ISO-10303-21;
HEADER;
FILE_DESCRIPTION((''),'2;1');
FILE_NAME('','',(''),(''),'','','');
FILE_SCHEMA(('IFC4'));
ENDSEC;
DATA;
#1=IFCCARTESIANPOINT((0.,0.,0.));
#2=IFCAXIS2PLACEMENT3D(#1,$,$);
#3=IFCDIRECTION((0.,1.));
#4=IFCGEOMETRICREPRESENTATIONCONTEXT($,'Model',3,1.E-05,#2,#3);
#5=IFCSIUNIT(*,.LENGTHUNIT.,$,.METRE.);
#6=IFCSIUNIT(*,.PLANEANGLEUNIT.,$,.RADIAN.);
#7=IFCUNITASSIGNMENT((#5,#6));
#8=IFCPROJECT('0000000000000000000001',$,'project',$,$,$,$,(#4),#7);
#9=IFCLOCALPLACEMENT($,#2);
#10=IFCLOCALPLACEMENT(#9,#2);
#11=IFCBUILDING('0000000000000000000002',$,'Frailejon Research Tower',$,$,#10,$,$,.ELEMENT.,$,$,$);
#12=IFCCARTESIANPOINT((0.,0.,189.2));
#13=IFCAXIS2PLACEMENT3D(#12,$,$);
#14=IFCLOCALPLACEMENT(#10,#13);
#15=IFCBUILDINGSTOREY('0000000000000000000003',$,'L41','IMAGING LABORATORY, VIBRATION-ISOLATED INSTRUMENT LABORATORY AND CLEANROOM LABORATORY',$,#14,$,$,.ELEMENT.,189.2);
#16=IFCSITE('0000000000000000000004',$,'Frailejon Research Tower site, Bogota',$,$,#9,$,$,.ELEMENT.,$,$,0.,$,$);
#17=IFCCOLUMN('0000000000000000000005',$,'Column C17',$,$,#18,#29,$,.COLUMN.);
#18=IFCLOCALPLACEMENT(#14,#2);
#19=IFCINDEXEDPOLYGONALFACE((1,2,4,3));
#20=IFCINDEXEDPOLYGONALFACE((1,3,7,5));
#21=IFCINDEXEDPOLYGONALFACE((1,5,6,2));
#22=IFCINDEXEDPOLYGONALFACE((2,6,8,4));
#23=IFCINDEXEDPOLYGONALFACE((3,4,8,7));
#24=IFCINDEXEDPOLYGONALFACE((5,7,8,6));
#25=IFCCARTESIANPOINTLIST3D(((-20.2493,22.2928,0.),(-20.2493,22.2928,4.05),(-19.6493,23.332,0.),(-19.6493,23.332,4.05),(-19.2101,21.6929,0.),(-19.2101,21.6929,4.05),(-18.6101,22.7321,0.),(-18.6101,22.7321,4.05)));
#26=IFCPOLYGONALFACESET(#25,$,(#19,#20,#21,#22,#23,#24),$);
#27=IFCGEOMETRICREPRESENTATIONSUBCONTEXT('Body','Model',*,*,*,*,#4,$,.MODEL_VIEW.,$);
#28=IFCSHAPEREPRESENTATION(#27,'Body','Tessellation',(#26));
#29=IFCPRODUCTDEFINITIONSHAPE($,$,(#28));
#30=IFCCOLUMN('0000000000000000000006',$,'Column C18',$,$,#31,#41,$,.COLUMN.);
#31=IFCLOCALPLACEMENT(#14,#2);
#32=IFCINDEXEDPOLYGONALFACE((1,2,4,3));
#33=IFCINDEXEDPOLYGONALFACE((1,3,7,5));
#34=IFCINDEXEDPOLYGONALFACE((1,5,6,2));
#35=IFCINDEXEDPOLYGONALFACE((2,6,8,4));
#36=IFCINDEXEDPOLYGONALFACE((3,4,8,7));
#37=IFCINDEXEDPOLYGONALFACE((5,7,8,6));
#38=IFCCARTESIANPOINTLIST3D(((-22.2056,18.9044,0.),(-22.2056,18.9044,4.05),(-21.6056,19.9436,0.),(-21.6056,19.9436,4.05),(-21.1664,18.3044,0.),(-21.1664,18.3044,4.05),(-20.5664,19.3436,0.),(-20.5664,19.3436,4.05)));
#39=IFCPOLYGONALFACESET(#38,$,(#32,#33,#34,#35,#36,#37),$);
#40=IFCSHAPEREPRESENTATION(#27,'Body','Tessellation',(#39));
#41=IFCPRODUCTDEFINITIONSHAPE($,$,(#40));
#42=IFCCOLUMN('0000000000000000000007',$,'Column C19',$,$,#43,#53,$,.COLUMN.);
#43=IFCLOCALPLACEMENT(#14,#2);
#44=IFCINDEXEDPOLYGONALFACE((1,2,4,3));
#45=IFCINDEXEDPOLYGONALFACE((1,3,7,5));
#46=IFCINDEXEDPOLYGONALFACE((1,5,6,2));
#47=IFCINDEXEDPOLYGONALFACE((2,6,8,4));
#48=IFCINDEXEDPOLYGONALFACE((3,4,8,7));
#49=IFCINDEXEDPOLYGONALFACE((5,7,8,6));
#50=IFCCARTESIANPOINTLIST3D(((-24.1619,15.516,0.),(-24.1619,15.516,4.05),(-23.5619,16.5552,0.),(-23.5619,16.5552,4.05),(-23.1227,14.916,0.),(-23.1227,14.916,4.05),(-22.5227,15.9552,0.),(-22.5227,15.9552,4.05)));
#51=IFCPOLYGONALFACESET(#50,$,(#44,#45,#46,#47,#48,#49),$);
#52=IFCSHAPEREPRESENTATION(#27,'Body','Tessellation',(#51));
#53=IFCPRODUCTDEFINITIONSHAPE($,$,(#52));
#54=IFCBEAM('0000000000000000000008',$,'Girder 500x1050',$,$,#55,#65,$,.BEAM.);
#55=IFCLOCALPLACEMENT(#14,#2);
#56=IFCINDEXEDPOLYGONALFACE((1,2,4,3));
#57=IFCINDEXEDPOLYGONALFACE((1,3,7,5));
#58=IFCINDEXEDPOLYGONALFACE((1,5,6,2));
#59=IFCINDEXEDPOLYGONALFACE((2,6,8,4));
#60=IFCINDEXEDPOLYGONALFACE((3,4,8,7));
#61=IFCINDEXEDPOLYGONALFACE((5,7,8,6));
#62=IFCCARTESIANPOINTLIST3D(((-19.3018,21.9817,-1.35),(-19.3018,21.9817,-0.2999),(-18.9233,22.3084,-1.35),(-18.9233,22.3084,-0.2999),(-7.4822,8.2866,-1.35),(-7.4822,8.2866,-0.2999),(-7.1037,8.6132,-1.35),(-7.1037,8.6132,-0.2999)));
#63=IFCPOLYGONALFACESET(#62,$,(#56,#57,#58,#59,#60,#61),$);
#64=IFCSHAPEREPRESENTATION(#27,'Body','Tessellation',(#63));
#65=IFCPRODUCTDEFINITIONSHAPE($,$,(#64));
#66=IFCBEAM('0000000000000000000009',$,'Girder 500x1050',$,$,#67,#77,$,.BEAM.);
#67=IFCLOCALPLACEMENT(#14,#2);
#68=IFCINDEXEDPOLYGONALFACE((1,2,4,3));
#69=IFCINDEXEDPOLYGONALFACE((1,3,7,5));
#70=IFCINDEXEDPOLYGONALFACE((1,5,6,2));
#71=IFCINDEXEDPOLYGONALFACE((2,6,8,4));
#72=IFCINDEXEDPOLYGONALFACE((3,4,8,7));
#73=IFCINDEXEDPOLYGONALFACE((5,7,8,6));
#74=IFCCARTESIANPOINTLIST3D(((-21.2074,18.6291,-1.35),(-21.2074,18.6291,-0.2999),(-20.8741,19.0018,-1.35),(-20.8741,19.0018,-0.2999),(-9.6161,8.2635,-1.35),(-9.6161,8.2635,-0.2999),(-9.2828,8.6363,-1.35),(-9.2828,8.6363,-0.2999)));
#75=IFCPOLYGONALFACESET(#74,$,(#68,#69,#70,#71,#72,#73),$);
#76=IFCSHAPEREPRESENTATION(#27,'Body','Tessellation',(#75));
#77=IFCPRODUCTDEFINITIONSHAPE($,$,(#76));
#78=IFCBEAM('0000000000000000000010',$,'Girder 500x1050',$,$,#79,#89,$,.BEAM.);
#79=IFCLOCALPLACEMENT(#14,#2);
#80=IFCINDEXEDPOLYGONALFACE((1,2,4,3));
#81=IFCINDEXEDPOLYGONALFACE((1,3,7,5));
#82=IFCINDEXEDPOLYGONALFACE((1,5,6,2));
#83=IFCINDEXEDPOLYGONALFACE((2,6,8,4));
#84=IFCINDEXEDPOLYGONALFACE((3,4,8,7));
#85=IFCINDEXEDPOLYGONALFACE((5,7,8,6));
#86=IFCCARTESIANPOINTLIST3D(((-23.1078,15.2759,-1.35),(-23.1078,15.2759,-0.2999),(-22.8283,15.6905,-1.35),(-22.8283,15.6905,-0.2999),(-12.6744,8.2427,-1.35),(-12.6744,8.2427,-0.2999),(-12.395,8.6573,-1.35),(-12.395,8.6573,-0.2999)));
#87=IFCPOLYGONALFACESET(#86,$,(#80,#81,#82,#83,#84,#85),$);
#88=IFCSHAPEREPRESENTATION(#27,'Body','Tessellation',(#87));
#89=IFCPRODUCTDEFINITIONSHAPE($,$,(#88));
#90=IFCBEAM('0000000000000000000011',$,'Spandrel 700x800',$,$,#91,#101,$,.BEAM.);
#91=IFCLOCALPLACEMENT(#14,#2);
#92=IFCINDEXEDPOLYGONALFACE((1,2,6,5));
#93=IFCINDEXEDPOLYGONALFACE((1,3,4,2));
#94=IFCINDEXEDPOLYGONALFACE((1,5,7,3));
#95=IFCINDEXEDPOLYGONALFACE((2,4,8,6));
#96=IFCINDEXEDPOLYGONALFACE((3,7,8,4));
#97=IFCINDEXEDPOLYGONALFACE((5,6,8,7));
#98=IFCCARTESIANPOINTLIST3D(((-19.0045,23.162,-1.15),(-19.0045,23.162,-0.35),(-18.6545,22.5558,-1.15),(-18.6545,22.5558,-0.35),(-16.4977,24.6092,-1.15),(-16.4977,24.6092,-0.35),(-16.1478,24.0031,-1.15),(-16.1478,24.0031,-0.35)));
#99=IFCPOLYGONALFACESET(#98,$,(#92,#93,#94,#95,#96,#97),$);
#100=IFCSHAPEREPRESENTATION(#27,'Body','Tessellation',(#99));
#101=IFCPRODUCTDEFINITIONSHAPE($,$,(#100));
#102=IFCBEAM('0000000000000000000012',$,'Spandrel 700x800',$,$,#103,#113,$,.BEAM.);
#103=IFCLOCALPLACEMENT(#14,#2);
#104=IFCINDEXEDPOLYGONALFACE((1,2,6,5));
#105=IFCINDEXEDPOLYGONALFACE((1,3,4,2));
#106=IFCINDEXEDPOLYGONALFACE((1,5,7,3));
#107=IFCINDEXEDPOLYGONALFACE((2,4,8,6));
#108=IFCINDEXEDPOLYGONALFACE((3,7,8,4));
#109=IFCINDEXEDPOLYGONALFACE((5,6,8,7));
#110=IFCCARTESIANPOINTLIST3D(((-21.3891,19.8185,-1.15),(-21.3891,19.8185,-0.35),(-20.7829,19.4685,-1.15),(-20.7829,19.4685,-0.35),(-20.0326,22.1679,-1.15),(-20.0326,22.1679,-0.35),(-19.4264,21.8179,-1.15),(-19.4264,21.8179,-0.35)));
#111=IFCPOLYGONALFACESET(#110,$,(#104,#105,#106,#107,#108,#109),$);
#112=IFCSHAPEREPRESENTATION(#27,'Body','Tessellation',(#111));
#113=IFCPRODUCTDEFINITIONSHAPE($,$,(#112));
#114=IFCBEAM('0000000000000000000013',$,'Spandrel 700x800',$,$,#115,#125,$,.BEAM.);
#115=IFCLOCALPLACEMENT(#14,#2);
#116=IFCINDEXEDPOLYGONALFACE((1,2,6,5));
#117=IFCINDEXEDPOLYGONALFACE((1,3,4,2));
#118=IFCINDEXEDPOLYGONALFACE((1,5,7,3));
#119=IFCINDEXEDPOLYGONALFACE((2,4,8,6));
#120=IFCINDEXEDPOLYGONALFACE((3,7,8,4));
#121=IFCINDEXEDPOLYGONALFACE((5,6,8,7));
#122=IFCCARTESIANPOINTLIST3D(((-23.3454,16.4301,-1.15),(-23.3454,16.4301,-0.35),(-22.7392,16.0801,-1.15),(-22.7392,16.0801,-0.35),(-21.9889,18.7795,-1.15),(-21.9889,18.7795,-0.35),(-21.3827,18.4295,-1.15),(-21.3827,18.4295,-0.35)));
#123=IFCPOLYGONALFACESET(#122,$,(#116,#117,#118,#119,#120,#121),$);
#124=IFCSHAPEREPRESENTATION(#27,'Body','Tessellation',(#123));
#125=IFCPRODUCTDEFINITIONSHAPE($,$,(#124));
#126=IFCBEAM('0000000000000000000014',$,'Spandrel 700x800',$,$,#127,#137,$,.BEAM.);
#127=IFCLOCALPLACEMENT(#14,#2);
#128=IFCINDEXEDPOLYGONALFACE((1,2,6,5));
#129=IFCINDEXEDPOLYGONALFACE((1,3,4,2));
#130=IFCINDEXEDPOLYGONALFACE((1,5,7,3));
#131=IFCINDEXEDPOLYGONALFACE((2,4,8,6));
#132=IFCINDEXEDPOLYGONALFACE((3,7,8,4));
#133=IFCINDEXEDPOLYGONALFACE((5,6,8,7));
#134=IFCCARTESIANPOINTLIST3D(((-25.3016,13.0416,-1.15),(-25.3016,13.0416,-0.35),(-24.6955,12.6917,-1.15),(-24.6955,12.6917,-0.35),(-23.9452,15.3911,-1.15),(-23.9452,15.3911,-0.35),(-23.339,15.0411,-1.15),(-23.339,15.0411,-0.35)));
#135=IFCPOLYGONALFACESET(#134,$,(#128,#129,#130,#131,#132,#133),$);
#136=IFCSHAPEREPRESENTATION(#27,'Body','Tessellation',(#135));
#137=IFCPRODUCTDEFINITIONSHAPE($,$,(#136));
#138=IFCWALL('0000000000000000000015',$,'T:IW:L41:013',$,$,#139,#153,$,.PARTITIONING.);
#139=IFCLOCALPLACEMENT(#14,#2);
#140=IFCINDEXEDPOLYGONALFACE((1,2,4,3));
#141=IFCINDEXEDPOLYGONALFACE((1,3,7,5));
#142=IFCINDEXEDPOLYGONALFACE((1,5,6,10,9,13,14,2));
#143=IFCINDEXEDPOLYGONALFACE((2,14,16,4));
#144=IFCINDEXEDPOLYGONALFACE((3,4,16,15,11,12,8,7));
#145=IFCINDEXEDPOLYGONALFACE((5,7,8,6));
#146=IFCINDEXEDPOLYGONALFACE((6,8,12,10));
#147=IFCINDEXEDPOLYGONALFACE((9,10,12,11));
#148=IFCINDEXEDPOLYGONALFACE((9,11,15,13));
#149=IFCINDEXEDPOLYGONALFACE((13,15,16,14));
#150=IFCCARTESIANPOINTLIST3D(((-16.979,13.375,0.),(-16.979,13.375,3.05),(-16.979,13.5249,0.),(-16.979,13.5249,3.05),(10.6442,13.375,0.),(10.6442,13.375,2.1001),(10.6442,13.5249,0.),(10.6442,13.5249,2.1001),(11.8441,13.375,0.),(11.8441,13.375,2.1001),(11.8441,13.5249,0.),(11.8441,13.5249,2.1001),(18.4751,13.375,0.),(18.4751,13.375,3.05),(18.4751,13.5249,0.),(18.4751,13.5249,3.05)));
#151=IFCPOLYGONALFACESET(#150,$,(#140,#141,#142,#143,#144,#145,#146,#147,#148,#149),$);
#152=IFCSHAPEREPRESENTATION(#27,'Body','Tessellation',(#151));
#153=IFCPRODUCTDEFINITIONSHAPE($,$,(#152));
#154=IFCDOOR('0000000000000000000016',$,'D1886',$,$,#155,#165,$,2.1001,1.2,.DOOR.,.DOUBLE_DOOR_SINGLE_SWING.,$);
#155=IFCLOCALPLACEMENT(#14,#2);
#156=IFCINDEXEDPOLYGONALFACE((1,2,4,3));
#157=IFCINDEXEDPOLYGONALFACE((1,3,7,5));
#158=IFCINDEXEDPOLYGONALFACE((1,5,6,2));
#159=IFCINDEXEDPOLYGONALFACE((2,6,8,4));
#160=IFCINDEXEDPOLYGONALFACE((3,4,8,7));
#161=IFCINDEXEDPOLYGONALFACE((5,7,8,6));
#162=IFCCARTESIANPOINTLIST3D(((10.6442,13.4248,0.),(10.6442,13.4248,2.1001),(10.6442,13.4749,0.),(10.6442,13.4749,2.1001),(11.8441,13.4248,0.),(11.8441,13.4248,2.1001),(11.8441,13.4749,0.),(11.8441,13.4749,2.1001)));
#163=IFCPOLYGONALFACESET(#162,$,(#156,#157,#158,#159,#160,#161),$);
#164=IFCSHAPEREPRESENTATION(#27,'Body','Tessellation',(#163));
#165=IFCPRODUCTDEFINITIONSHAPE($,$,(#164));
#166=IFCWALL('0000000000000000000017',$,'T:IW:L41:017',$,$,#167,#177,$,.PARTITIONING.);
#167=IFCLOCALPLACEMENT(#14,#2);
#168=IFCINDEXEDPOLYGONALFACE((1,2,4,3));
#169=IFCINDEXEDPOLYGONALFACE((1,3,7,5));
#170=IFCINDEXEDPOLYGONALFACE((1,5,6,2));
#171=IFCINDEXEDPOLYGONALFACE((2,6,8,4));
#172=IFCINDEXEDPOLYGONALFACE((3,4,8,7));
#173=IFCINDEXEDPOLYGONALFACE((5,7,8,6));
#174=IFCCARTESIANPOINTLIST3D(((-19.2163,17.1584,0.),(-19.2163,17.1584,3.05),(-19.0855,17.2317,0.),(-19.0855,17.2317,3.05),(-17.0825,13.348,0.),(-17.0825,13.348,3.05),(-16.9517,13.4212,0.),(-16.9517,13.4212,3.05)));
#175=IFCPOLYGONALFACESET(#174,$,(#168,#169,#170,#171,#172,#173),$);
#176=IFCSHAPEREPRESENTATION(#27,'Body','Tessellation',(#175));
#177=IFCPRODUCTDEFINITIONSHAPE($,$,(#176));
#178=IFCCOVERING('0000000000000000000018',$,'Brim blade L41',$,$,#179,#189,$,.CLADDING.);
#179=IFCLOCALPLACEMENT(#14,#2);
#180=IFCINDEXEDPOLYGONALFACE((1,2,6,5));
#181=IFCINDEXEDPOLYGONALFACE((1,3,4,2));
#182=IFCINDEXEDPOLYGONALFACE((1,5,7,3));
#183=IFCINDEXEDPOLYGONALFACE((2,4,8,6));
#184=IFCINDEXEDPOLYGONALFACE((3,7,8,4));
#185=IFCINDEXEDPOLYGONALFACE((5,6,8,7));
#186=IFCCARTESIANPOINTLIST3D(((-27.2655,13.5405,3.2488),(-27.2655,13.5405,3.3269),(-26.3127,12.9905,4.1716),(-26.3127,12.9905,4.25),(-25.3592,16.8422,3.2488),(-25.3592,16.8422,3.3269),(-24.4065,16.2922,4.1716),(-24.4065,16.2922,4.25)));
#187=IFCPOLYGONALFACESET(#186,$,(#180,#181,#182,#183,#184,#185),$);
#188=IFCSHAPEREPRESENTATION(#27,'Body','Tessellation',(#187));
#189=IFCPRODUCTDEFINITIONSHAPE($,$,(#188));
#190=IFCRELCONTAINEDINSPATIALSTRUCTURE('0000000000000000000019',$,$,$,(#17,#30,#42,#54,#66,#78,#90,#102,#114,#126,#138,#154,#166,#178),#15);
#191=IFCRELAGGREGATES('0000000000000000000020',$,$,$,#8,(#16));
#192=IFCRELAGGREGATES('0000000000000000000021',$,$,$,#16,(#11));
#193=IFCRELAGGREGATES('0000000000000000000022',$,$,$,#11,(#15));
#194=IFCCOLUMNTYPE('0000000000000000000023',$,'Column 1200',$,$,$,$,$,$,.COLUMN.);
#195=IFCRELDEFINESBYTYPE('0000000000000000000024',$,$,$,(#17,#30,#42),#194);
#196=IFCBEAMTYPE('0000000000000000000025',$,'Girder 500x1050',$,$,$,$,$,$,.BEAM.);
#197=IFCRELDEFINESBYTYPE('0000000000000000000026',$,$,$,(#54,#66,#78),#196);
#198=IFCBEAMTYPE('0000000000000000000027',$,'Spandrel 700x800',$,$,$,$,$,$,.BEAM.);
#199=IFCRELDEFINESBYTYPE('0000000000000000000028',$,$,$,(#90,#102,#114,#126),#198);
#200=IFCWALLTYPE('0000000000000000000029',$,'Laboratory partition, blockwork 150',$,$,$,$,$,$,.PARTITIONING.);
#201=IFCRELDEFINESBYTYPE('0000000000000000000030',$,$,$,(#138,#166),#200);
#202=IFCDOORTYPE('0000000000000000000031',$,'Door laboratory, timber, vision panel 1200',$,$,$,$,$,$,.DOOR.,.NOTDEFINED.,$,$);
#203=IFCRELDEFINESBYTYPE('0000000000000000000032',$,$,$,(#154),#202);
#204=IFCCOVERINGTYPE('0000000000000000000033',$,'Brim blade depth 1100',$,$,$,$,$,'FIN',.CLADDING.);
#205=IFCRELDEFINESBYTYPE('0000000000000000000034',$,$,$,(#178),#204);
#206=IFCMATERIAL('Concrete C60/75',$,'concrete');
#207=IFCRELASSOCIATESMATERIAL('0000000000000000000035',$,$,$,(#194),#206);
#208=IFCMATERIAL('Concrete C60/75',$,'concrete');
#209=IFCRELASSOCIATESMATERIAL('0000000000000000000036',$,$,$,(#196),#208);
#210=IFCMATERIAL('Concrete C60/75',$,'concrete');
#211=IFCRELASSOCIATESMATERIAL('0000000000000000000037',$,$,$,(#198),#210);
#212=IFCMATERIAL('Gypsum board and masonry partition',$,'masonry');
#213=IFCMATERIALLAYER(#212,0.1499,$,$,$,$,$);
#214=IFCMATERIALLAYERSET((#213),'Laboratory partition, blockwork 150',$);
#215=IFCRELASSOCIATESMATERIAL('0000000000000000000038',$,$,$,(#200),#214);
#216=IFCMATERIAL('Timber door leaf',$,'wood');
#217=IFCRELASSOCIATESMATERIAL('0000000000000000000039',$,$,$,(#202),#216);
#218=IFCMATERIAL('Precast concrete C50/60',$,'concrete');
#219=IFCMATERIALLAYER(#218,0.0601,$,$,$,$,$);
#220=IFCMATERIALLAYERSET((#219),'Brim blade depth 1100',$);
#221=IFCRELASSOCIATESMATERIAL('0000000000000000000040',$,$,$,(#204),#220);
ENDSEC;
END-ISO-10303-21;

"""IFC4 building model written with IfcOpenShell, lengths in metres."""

from ifc_helpers import new_model, si_unit, direction, frame, frame_2d, origin, origin_2d, place, context, subcontext, project, spatial, polyline, rectangle, outline, extrude, material, layer, layer_set, material_profile, profile_set, type_object, element, fill, save


model = new_model("IFC4")

# Units and contexts
model_context = context("Model", 3, precision=1e-05, world=origin(), true_north=direction((0.0, 1.0)))
body_context = subcontext(model_context, "Body", "Model", "MODEL_VIEW")
ifc_project = project(units=[si_unit("LENGTHUNIT", "METRE"), si_unit("PLANEANGLEUNIT", "RADIAN")], contexts=[model_context])

# Site, building, storey
site_placement = place(None, origin())
site = spatial("IfcSite", under=ifc_project, at=site_placement, Name="Frailejon Research Tower site, Bogota", CompositionType="ELEMENT", RefElevation=0.0)
building_placement = place(site_placement, origin())
building = spatial("IfcBuilding", under=site, at=building_placement, Name="Frailejon Research Tower", CompositionType="ELEMENT")
storey_placement = place(building_placement, frame((0.0, 0.0, 189.2)))
storey = spatial("IfcBuildingStorey", under=building, at=storey_placement, Name="L41", Description="IMAGING LABORATORY, VIBRATION-ISOLATED INSTRUMENT LABORATORY AND CLEANROOM LABORATORY", CompositionType="ELEMENT", Elevation=189.2)

# Columns
ifc_material_1 = material(Name="Concrete C60/75", Category="concrete")
ifc_material_profile_1 = material_profile(ifc_material_1, rectangle(XDim=1.2, YDim=1.2, at=origin_2d()), Name="Column 1200")
ifc_profile_set_1 = profile_set([ifc_material_profile_1], Name="Concrete C60/75")
column_type = type_object("IfcColumnType", Name="Column 1200", PredefinedType="COLUMN", material=ifc_profile_set_1)
for number, where, z_axis, x_axis, name in (
    (1, (-19.4297, 22.5125, 0.0), (0.0, 0.0, 1.0), (-0.5, -0.866025, 0.0), "Column C17"),
    (2, (-21.386, 19.124, 0.0), (0.0, 0.0, 1.0), (-0.5, -0.866025, 0.0), "Column C18"),
    (3, (-23.3423, 15.7356, 0.0), (0.0, 0.0, 1.0), (-0.5, -0.866025, 0.0), "Column C19"),
):
    element("IfcColumn", number, at=place(storey_placement, frame(where, z_axis=z_axis, x_axis=x_axis)), inside=storey, type_object=column_type, Name=name, PredefinedType="COLUMN", context=body_context, shape_type="SweptSolid", body=[
        extrude(rectangle(XDim=1.2, YDim=1.2, at=origin_2d()), origin(), (0.0, 0.0, 1.0), 4.05),
    ])

# Beams
ifc_material_2 = material(Name="Concrete C60/75", Category="concrete")
ifc_material_profile_2 = material_profile(ifc_material_2, rectangle(XDim=0.5, YDim=1.05, at=origin_2d()), Name="Girder 500x1050")
ifc_profile_set_2 = profile_set([ifc_material_profile_2], Name="Concrete C60/75")
beam_type_1 = type_object("IfcBeamType", Name="Girder 500x1050", PredefinedType="BEAM", material=ifc_profile_set_2)
beam_1_placement = place(storey_placement, frame((-19.1125, 22.145, -0.825), z_axis=(0.653367, -0.757041, 0.0), x_axis=(0.757041, 0.653367, 0.0)))
element("IfcBeam", 4, at=beam_1_placement, inside=storey, type_object=beam_type_1, Name="Girder 500x1050", PredefinedType="BEAM", context=body_context, shape_type="SweptSolid", body=[
    extrude(rectangle(XDim=0.5, YDim=1.05, at=origin_2d()), origin(), (0.0, 0.0, 1.0), 18.0903),
])
beam_2_placement = place(storey_placement, frame((-21.0408, 18.8154, -0.825), z_axis=(0.745423, -0.666592, 0.0), x_axis=(0.666592, 0.745423, 0.0)))
element("IfcBeam", 5, at=beam_2_placement, inside=storey, type_object=beam_type_1, Name="Girder 500x1050", PredefinedType="BEAM", context=body_context, shape_type="SweptSolid", body=[
    extrude(rectangle(XDim=0.5, YDim=1.05, at=origin_2d()), origin(), (0.0, 0.0, 1.0), 15.55),
])
beam_3_placement = place(storey_placement, frame((-22.968, 15.4832, -0.825), z_axis=(0.829192, -0.558965, 0.0), x_axis=(0.558965, 0.829192, 0.0)))
element("IfcBeam", 6, at=beam_3_placement, inside=storey, type_object=beam_type_1, Name="Girder 500x1050", PredefinedType="BEAM", context=body_context, shape_type="SweptSolid", body=[
    extrude(rectangle(XDim=0.5, YDim=1.05, at=origin_2d()), origin(), (0.0, 0.0, 1.0), 12.5825),
])
ifc_material_3 = material(Name="Concrete C60/75", Category="concrete")
ifc_material_profile_3 = material_profile(ifc_material_3, rectangle(XDim=0.7, YDim=0.8, at=origin_2d()), Name="Spandrel 700x800")
ifc_profile_set_3 = profile_set([ifc_material_profile_3], Name="Concrete C60/75")
beam_type_2 = type_object("IfcBeamType", Name="Spandrel 700x800", PredefinedType="BEAM", material=ifc_profile_set_3)
beam_4_placement = place(storey_placement, frame((-16.3228, 24.3062, -0.75), z_axis=(-0.866034, -0.499985, 0.0), x_axis=(0.499985, -0.866034, 0.0)))
element("IfcBeam", 7, at=beam_4_placement, inside=storey, type_object=beam_type_2, Name="Spandrel 700x800", PredefinedType="BEAM", context=body_context, shape_type="SweptSolid", body=[
    extrude(rectangle(XDim=0.7, YDim=0.8, at=origin_2d()), origin(), (0.0, 0.0, 1.0), 2.8945),
])
for number, where, z_axis, x_axis, name in (
    (8, (-19.7295, 21.9929, -0.75), (-0.500011, -0.866019, 0.0), (0.866019, -0.500011, 0.0), "Spandrel 700x800"),
    (9, (-21.6858, 18.6045, -0.75), (-0.500011, -0.866019, 0.0), (0.866019, -0.500011, 0.0), "Spandrel 700x800"),
    (10, (-23.6421, 15.2161, -0.75), (-0.500011, -0.866019, 0.0), (0.866019, -0.500011, 0.0), "Spandrel 700x800"),
):
    element("IfcBeam", number, at=place(storey_placement, frame(where, z_axis=z_axis, x_axis=x_axis)), inside=storey, type_object=beam_type_2, Name=name, PredefinedType="BEAM", context=body_context, shape_type="SweptSolid", body=[
        extrude(rectangle(XDim=0.7, YDim=0.8, at=origin_2d()), origin(), (0.0, 0.0, 1.0), 2.7129),
    ])

# Wall, opening, door
ifc_material_4 = material(Name="Gypsum board and masonry partition", Category="masonry")
ifc_layer_1 = layer(ifc_material_4, 0.1499)
ifc_layer_set_1 = layer_set([ifc_layer_1], Name="Laboratory partition, blockwork 150")
wall_type_1 = type_object("IfcWallType", Name="Laboratory partition, blockwork 150", PredefinedType="PARTITIONING", material=ifc_layer_set_1)
wall_1_placement = place(storey_placement, frame((-16.979, 13.45, 0.0), z_axis=(0.0, 0.0, 1.0), x_axis=(1.0, 0.0, 0.0)))
wall_1 = element("IfcWall", 11, at=wall_1_placement, inside=storey, type_object=wall_type_1, Name="T:IW:L41:013", PredefinedType="PARTITIONING", context=body_context, shape_type="SweptSolid", body=[
    extrude(rectangle(XDim=35.4541, YDim=0.1499, at=frame_2d((17.7271, 0.0))), origin(), (0.0, 0.0, 1.0), 3.05),
])
opening_1_placement = place(wall_1_placement, frame((27.623, 0.0, 0.0)))
opening_1 = element("IfcOpeningElement", 12, at=opening_1_placement, cuts=wall_1, PredefinedType="OPENING", context=body_context, shape_type="SweptSolid", body=[
    extrude(rectangle(XDim=1.2, YDim=2.1001, at=frame_2d((0.6001, 1.05))), frame((0.0, 0.085, 0.0), z_axis=(0.0, -1.0, 0.0), x_axis=(1.0, 0.0, 0.0)), (0.0, 0.0, 1.0), 0.1699),
])
ifc_material_5 = material(Name="Timber door leaf", Category="wood")
door_type_1 = type_object("IfcDoorType", Name="Door laboratory, timber, vision panel 1200", OperationType="NOTDEFINED", PredefinedType="DOOR", material=ifc_material_5)
door_1_placement = place(opening_1_placement, origin())
door_1 = element("IfcDoor", 13, at=door_1_placement, inside=storey, type_object=door_type_1, Name="D1886", OperationType="DOUBLE_DOOR_SINGLE_SWING", OverallHeight=2.1001, OverallWidth=1.2, PredefinedType="DOOR", context=body_context, shape_type="SweptSolid", body=[
    extrude(rectangle(XDim=1.2, YDim=2.1001, at=frame_2d((0.6001, 1.05))), frame((0.0, 0.0249, 0.0), z_axis=(0.0, -1.0, 0.0), x_axis=(1.0, 0.0, 0.0)), (0.0, 0.0, 1.0), 0.05),
])
fill(opening_1, door_1)

# Wall
wall_2_placement = place(storey_placement, frame((-19.1509, 17.1951, 0.0), z_axis=(0.0, 0.0, 1.0), x_axis=(0.488583, -0.872517, 0.0)))
element("IfcWall", 14, at=wall_2_placement, inside=storey, type_object=wall_type_1, Name="T:IW:L41:017", PredefinedType="PARTITIONING", context=body_context, shape_type="SweptSolid", body=[
    extrude(rectangle(XDim=4.3672, YDim=0.1499, at=frame_2d((2.1836, 0.0))), origin(), (0.0, 0.0, 1.0), 3.05),
])

# Covering
ifc_material_6 = material(Name="Precast concrete C50/60", Category="concrete")
ifc_layer_2 = layer(ifc_material_6, 0.0601)
ifc_layer_set_2 = layer_set([ifc_layer_2], Name="Brim blade depth 1100")
covering_type_1 = type_object("IfcCoveringType", Name="Brim blade depth 1100", ElementType="FIN", PredefinedType="CLADDING", material=ifc_layer_set_2)
covering_1_placement = place(storey_placement, frame((-26.3127, 12.9905, 4.25), z_axis=(0.500001, 0.866025, 0.0), x_axis=(-0.866025, 0.500001, 0.0)))
element("IfcCovering", 15, at=covering_1_placement, inside=storey, type_object=covering_type_1, Name="Brim blade L41", PredefinedType="CLADDING", context=body_context, shape_type="SweptSolid", body=[
    extrude(outline(polyline([(0.0, -0.0784), (1.1001, -1.0012), (1.1001, -0.9231), (0.0, 0.0), (0.0, -0.0784)])), origin(), (0.0, 0.0, 1.0), 3.8125),
])

save(model, "model.ifc")
